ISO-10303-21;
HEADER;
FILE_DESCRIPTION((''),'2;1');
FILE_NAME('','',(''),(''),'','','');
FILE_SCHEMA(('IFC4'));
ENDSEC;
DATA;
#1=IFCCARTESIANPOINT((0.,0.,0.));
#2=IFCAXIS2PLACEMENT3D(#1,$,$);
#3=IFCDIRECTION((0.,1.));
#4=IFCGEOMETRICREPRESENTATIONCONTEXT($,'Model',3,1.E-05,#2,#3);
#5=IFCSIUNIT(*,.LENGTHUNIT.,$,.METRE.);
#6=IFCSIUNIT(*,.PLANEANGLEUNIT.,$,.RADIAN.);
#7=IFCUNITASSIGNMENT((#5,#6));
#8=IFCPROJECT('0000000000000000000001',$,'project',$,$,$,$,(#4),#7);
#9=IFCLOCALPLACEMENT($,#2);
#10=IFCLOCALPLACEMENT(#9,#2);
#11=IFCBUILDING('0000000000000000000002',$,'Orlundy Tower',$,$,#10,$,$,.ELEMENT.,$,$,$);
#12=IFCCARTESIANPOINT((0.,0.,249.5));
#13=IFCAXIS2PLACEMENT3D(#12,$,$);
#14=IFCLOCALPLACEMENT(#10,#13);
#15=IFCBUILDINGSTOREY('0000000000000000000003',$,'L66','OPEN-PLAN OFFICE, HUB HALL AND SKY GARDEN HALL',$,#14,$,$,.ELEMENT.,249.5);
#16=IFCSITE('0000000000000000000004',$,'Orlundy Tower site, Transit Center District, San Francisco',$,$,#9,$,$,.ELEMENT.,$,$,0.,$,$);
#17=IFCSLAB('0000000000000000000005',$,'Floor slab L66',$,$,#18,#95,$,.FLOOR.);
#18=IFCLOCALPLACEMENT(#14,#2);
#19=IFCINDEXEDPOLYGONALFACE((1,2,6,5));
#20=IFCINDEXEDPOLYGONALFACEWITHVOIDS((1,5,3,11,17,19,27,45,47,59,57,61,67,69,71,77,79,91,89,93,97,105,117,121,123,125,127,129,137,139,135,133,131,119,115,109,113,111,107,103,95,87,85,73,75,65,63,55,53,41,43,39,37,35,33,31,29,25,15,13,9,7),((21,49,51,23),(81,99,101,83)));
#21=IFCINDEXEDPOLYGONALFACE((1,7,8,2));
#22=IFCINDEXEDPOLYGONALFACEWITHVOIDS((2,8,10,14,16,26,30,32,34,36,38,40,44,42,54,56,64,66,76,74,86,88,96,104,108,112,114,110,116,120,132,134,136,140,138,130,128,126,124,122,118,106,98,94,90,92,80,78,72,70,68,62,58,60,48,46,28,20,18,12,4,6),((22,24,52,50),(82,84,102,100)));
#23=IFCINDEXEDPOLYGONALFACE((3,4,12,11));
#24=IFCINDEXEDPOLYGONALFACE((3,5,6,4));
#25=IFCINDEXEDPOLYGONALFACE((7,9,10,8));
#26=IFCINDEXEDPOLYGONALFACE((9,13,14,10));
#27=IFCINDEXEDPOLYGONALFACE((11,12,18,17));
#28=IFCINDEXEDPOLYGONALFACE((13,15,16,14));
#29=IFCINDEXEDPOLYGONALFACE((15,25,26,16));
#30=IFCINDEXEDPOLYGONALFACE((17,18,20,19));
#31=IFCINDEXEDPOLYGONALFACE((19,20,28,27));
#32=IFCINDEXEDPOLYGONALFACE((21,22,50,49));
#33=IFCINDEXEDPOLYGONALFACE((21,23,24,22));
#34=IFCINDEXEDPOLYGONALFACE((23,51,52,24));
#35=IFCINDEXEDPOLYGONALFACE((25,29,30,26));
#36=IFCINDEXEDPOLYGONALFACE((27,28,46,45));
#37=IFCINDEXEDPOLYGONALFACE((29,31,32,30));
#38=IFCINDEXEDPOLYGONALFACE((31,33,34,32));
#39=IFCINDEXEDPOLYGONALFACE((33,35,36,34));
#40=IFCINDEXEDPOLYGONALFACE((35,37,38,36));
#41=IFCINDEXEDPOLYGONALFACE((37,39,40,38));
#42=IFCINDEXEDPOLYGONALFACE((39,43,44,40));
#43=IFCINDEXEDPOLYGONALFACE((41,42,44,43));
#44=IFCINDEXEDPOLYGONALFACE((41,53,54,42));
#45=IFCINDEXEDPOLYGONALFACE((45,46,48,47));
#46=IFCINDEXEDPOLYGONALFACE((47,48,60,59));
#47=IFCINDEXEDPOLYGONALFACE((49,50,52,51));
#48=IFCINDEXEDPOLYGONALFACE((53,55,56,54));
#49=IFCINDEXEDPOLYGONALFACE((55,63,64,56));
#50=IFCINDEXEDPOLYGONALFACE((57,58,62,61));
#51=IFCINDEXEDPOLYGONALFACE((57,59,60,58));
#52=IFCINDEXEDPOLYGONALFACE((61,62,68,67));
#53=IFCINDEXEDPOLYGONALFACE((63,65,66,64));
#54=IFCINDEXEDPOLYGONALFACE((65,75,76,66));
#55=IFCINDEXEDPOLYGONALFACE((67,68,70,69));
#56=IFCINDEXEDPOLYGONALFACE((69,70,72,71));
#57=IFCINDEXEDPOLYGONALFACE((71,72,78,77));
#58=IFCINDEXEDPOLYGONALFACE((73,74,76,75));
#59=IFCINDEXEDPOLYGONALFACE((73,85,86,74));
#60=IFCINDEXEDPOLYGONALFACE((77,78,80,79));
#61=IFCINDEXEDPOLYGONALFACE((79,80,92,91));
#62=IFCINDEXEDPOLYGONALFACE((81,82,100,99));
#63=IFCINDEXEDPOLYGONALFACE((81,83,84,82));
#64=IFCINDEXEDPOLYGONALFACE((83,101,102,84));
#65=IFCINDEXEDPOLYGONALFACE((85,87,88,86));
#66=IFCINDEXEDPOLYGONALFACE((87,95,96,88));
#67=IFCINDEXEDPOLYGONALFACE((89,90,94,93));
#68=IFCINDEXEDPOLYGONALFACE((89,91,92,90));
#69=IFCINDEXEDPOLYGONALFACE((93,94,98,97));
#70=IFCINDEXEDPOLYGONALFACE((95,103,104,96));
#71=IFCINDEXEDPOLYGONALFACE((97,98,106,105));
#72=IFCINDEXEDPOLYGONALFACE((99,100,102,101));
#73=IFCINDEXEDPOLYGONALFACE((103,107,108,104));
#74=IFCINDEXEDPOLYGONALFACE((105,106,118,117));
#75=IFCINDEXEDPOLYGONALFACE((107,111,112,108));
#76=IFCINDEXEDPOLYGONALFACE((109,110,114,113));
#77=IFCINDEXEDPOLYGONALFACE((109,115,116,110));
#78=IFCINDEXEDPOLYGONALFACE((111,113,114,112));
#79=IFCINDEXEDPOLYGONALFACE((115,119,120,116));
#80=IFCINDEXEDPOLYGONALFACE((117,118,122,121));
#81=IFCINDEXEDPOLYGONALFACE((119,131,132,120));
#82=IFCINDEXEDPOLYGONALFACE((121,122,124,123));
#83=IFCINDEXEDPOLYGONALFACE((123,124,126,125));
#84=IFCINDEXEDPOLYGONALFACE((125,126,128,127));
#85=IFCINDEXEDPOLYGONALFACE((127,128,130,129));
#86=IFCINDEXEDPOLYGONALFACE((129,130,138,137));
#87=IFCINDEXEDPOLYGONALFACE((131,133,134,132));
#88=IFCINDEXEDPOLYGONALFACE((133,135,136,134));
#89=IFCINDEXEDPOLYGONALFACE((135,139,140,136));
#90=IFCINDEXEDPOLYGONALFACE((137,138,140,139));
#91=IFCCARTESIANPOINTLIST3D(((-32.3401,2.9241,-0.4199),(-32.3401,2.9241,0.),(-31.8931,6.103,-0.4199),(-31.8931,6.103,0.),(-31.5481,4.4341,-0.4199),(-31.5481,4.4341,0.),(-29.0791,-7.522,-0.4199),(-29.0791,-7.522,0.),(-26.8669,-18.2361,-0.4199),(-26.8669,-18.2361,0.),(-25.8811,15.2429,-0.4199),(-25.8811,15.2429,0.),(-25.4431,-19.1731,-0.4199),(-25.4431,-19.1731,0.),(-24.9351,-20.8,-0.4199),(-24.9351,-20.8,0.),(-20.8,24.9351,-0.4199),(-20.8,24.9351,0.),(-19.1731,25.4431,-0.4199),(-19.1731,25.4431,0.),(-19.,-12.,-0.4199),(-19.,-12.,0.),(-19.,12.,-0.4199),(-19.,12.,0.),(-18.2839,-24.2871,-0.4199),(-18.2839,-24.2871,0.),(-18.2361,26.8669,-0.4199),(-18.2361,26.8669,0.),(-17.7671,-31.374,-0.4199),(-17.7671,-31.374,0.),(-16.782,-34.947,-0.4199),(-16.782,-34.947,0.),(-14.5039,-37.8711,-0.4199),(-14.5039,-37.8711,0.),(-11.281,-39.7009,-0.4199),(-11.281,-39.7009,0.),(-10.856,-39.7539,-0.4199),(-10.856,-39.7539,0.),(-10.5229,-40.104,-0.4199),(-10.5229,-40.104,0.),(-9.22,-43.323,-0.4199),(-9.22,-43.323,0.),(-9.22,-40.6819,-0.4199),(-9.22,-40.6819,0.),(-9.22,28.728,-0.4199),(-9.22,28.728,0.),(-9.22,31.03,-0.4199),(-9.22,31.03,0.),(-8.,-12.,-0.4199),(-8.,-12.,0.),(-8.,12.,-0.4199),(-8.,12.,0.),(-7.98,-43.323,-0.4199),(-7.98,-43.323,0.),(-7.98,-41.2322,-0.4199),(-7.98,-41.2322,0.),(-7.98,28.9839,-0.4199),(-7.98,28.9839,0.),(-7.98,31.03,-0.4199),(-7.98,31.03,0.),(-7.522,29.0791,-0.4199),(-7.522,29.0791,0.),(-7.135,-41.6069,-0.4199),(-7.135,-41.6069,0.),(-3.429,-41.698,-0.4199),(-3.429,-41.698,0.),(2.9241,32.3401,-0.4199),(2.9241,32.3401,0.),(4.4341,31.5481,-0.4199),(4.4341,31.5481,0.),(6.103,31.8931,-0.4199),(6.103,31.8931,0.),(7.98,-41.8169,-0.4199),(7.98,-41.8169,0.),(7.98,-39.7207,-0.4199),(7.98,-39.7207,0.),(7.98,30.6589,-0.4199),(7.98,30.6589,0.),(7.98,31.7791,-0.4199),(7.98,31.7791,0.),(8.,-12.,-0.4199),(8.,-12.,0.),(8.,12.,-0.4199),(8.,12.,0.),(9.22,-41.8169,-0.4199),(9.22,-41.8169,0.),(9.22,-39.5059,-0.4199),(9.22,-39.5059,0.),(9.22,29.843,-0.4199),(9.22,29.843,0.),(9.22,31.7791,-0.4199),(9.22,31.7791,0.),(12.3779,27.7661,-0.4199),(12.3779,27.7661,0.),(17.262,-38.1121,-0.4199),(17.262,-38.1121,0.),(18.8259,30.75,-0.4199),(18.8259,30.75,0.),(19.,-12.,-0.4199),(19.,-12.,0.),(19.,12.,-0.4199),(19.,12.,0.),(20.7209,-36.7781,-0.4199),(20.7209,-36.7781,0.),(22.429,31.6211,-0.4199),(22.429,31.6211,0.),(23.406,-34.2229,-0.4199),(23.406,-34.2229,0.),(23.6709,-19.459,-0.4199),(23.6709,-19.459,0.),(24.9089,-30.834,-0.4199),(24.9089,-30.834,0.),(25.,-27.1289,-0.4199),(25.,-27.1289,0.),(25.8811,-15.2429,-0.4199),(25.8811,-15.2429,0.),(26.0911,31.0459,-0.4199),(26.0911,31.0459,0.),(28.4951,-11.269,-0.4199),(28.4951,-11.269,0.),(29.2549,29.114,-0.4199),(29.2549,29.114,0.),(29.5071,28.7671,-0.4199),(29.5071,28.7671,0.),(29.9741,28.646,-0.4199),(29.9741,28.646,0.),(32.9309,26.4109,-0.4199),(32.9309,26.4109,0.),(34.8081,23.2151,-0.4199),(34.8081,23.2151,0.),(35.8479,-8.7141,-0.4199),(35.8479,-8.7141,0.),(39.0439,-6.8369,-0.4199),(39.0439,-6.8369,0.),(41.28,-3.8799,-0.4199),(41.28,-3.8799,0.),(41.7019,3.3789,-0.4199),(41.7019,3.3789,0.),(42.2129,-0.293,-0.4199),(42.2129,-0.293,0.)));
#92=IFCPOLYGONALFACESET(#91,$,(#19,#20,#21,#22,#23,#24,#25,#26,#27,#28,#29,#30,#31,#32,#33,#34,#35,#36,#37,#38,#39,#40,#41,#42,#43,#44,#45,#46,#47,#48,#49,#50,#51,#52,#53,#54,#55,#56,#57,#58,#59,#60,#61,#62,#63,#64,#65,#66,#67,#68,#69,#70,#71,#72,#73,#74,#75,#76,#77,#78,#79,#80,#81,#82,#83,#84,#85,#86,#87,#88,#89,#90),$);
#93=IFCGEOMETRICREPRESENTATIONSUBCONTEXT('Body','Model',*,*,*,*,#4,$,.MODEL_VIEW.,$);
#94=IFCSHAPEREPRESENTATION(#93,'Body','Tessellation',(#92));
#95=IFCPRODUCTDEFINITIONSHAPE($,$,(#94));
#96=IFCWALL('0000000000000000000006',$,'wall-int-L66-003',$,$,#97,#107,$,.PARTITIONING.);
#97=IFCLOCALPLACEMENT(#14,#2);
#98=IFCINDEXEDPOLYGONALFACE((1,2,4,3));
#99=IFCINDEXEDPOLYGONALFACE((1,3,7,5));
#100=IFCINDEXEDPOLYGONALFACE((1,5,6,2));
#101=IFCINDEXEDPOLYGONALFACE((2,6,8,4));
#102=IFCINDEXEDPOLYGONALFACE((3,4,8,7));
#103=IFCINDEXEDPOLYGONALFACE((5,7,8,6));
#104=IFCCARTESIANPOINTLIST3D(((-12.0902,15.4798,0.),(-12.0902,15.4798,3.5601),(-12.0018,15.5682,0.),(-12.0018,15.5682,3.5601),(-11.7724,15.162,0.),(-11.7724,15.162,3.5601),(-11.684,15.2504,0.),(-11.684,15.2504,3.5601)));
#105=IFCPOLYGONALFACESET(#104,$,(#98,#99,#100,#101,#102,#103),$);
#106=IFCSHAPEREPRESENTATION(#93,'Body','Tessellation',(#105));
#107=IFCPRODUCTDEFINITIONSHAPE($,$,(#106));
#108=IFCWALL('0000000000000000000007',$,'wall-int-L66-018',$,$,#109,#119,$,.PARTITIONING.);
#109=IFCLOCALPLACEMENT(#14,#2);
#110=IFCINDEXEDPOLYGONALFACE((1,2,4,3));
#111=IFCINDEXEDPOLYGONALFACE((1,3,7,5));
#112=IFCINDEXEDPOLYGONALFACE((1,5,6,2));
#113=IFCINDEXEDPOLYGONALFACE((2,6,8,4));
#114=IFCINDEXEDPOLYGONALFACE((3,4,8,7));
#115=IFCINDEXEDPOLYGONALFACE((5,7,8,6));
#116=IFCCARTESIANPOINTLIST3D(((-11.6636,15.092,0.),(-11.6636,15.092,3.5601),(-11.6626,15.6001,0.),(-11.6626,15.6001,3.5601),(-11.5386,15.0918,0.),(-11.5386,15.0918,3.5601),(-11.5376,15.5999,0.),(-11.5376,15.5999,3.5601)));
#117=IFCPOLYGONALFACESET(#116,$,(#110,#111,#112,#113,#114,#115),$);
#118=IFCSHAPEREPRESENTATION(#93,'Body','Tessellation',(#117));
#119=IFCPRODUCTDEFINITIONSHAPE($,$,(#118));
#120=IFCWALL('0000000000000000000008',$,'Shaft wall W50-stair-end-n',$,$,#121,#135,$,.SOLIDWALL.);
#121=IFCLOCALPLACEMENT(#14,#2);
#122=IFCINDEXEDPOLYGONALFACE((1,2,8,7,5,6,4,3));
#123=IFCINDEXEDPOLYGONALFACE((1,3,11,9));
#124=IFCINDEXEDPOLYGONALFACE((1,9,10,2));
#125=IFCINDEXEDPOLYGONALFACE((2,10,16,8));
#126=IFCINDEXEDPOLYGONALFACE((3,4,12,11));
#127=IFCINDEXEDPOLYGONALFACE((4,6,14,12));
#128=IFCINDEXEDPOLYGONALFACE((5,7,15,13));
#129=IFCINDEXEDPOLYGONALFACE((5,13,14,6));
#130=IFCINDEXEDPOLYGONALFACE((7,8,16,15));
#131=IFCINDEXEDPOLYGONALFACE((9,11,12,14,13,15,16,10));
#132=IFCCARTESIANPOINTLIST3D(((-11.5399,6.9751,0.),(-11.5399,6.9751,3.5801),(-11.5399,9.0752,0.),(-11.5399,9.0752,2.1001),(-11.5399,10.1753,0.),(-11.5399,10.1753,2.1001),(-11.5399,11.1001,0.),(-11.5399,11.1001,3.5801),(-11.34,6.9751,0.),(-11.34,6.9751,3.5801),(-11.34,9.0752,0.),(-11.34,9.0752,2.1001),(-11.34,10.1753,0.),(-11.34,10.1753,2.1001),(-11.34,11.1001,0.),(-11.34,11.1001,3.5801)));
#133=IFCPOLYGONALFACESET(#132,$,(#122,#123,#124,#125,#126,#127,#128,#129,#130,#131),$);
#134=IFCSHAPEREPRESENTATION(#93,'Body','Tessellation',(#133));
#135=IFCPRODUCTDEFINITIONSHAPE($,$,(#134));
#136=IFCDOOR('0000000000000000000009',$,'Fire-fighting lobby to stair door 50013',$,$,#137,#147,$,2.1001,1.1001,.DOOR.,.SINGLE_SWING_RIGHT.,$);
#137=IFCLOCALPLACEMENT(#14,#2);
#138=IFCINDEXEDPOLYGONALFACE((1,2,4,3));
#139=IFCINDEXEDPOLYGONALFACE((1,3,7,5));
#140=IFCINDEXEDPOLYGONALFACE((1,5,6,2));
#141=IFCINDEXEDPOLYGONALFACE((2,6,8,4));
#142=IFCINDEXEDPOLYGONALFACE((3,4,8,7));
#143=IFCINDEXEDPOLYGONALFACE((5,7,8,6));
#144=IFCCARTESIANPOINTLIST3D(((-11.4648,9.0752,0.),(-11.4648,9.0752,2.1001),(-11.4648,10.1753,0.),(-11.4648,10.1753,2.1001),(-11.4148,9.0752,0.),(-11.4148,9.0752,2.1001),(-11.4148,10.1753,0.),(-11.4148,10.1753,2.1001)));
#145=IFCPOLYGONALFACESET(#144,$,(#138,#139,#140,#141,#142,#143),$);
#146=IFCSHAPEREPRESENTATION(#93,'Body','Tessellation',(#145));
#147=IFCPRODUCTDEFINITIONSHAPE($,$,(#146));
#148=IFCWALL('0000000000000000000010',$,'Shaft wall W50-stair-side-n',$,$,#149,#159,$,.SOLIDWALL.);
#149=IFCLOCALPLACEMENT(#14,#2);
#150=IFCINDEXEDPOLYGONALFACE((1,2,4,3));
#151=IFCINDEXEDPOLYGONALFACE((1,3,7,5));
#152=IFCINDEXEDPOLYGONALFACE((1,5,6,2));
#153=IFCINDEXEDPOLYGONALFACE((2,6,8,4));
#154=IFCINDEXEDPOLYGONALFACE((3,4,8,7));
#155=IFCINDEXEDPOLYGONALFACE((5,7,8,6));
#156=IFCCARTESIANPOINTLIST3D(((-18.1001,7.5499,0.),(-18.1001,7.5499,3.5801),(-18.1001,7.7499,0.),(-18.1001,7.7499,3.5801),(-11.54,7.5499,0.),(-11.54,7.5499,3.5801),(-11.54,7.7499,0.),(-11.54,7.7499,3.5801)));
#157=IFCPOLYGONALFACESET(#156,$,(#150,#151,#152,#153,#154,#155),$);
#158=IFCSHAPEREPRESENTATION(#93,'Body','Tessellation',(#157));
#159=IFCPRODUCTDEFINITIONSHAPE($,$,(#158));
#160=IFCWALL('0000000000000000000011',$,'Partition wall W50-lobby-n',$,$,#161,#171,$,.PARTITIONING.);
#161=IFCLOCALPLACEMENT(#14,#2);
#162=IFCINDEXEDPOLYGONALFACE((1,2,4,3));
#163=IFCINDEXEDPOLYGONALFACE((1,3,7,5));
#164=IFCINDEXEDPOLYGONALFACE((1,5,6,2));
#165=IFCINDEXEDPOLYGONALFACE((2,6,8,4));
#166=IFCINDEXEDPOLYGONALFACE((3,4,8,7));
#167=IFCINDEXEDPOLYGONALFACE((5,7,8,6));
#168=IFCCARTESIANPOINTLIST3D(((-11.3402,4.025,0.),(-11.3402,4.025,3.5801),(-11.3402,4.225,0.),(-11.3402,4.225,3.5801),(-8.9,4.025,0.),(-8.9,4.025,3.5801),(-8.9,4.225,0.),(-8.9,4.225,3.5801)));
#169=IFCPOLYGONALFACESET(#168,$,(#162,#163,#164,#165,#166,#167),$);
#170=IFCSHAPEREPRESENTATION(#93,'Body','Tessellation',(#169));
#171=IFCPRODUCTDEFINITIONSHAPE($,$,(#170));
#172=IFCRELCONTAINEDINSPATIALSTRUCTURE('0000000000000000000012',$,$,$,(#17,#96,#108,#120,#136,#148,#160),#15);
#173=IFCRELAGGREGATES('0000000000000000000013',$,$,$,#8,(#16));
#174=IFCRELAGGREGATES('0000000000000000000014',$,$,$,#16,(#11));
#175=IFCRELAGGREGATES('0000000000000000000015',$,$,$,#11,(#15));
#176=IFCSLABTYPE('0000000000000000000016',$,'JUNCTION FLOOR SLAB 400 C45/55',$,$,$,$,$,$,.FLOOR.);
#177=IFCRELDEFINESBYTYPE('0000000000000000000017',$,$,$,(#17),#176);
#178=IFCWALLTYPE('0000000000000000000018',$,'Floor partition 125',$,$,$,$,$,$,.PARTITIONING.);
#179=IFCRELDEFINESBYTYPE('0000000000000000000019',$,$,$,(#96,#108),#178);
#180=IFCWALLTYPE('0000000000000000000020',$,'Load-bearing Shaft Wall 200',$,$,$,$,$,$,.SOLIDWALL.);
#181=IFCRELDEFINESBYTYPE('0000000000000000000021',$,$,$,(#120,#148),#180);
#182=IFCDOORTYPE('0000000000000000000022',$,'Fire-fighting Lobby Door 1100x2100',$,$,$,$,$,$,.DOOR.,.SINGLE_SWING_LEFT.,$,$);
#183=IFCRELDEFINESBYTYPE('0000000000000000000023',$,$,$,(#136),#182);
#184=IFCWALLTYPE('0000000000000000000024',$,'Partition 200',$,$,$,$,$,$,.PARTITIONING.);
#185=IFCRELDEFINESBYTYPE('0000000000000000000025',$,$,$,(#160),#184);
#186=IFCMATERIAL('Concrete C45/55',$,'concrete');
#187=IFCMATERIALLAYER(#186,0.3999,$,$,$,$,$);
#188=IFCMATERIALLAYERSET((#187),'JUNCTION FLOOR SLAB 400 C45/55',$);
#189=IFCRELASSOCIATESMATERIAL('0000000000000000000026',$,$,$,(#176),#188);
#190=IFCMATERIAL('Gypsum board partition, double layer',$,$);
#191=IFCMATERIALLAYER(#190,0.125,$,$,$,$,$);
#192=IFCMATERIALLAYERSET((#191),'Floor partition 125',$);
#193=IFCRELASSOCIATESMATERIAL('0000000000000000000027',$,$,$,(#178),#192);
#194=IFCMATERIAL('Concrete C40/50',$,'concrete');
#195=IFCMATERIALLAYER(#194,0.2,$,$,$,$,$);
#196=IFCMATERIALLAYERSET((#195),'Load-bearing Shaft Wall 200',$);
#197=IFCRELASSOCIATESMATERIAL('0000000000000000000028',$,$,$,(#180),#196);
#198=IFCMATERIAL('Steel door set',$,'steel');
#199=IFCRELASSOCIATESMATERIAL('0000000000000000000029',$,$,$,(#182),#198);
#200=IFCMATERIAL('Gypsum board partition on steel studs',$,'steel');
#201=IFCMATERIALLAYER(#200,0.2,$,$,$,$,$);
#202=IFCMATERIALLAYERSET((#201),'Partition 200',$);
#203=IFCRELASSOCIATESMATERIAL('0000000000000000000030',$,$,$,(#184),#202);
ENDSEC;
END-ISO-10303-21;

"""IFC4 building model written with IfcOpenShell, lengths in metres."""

from ifc_helpers import new_model, si_unit, direction, frame, frame_2d, origin, place, context, subcontext, project, spatial, polyline, rectangle, outline, extrude, material, layer, layer_set, type_object, element, fill, save


model = new_model("IFC4")

# Units and contexts
model_context = context("Model", 3, precision=1e-05, world=origin(), true_north=direction((0.0, 1.0)))
body_context = subcontext(model_context, "Body", "Model", "MODEL_VIEW")
ifc_project = project(units=[si_unit("LENGTHUNIT", "METRE"), si_unit("PLANEANGLEUNIT", "RADIAN")], contexts=[model_context])

# Site, building, storey
site_placement = place(None, origin())
site = spatial("IfcSite", under=ifc_project, at=site_placement, Name="Orlundy Tower site, Transit Center District, San Francisco", CompositionType="ELEMENT", RefElevation=0.0)
building_placement = place(site_placement, origin())
building = spatial("IfcBuilding", under=site, at=building_placement, Name="Orlundy Tower", CompositionType="ELEMENT")
storey_placement = place(building_placement, frame((0.0, 0.0, 249.5)))
storey = spatial("IfcBuildingStorey", under=building, at=storey_placement, Name="L66", Description="OPEN-PLAN OFFICE, HUB HALL AND SKY GARDEN HALL", CompositionType="ELEMENT", Elevation=249.5)

# Slab
ifc_material_1 = material(Name="Concrete C45/55", Category="concrete")
ifc_layer_1 = layer(ifc_material_1, 0.3999)
ifc_layer_set_1 = layer_set([ifc_layer_1], Name="JUNCTION FLOOR SLAB 400 C45/55")
slab_type_1 = type_object("IfcSlabType", Name="JUNCTION FLOOR SLAB 400 C45/55", PredefinedType="FLOOR", material=ifc_layer_set_1)
slab_1_placement = place(storey_placement, frame((0.0, 0.0, -0.4199)))
element("IfcSlab", 1, at=slab_1_placement, inside=storey, type_object=slab_type_1, Name="Floor slab L66", PredefinedType="FLOOR", context=body_context, shape_type="SweptSolid", body=[
    extrude(outline(polyline([(-9.22, -40.6819), (-10.5229, -40.104), (-10.856, -39.7539), (-11.281, -39.7009), (-14.5039, -37.8711), (-16.782, -34.947), (-17.7671, -31.374), (-18.2839, -24.2871), (-24.9351, -20.8), (-25.4431, -19.1731), (-26.8669, -18.2361), (-29.0791, -7.522), (-32.3401, 2.9241), (-31.5481, 4.4341), (-31.8931, 6.103), (-25.8811, 15.2429), (-20.8, 24.9351), (-19.1731, 25.4431), (-18.2361, 26.8669), (-9.22, 28.728), (-9.22, 31.03), (-7.98, 31.03), (-7.98, 28.9839), (-7.522, 29.0791), (2.9241, 32.3401), (4.4341, 31.5481), (6.103, 31.8931), (7.98, 30.6589), (7.98, 31.7791), (9.22, 31.7791), (9.22, 29.843), (12.3779, 27.7661), (18.8259, 30.75), (22.429, 31.6211), (26.0911, 31.0459), (29.2549, 29.114), (29.5071, 28.7671), (29.9741, 28.646), (32.9309, 26.4109), (34.8081, 23.2151), (41.7019, 3.3789), (42.2129, -0.293), (41.28, -3.8799), (39.0439, -6.8369), (35.8479, -8.7141), (28.4951, -11.269), (25.8811, -15.2429), (23.6709, -19.459), (25.0, -27.1289), (24.9089, -30.834), (23.406, -34.2229), (20.7209, -36.7781), (17.262, -38.1121), (9.22, -39.5059), (9.22, -41.8169), (7.98, -41.8169), (7.98, -39.7207), (-3.429, -41.698), (-7.135, -41.6069), (-7.98, -41.2322), (-7.98, -43.323), (-9.22, -43.323), (-9.22, -40.6819)]), holes=[polyline([(-19.0, 12.0), (-19.0, -12.0), (-8.0, -12.0), (-8.0, 12.0), (-19.0, 12.0)]), polyline([(8.0, 12.0), (8.0, -12.0), (19.0, -12.0), (19.0, 12.0), (8.0, 12.0)])]), origin(), (0.0, 0.0, 1.0), 0.4199),
])

# Walls
ifc_material_2 = material(Name="Gypsum board partition, double layer")
ifc_layer_2 = layer(ifc_material_2, 0.125)
ifc_layer_set_2 = layer_set([ifc_layer_2], Name="Floor partition 125")
wall_type_1 = type_object("IfcWallType", Name="Floor partition 125", PredefinedType="PARTITIONING", material=ifc_layer_set_2)
wall_1_placement = place(storey_placement, frame((-12.0459, 15.5239, 0.0), z_axis=(0.0, 0.0, 1.0), x_axis=(0.707107, -0.707107, 0.0)))
element("IfcWall", 2, at=wall_1_placement, inside=storey, type_object=wall_type_1, Name="wall-int-L66-003", PredefinedType="PARTITIONING", context=body_context, shape_type="SweptSolid", body=[
    extrude(rectangle(XDim=0.4495, YDim=0.125, at=frame_2d((0.2246, 0.0))), origin(), (0.0, 0.0, 1.0), 3.5601),
])
wall_2_placement = place(storey_placement, frame((-11.6011, 15.092, 0.0), z_axis=(0.0, 0.0, 1.0), x_axis=(0.001922, 0.999998, 0.0)))
element("IfcWall", 3, at=wall_2_placement, inside=storey, type_object=wall_type_1, Name="wall-int-L66-018", PredefinedType="PARTITIONING", context=body_context, shape_type="SweptSolid", body=[
    extrude(rectangle(XDim=0.5081, YDim=0.125, at=frame_2d((0.2539, 0.0))), origin(), (0.0, 0.0, 1.0), 3.5601),
])

# Wall, opening, door
ifc_material_3 = material(Name="Concrete C40/50", Category="concrete")
ifc_layer_3 = layer(ifc_material_3, 0.2)
ifc_layer_set_3 = layer_set([ifc_layer_3], Name="Load-bearing Shaft Wall 200")
wall_type_2 = type_object("IfcWallType", Name="Load-bearing Shaft Wall 200", PredefinedType="SOLIDWALL", material=ifc_layer_set_3)
wall_3_placement = place(storey_placement, frame((-11.4399, 6.9751, 0.0), z_axis=(0.0, 0.0, 1.0), x_axis=(0.0, 1.0, 0.0)))
wall_3 = element("IfcWall", 4, at=wall_3_placement, inside=storey, type_object=wall_type_2, Name="Shaft wall W50-stair-end-n", PredefinedType="SOLIDWALL", context=body_context, shape_type="SweptSolid", body=[
    extrude(rectangle(XDim=4.125, YDim=0.2, at=frame_2d((2.0625, 0.0))), origin(), (0.0, 0.0, 1.0), 3.5801),
])
opening_placement = place(wall_3_placement, frame((2.1001, 0.0, 0.0)))
opening = element("IfcOpeningElement", 5, at=opening_placement, cuts=wall_3, PredefinedType="OPENING", context=body_context, shape_type="SweptSolid", body=[
    extrude(rectangle(XDim=1.1001, YDim=2.1001, at=frame_2d((0.55, 1.05))), frame((0.0, 0.1101, 0.0), z_axis=(0.0, -1.0, 0.0), x_axis=(1.0, 0.0, 0.0)), (0.0, 0.0, 1.0), 0.2202),
])
ifc_material_4 = material(Name="Steel door set", Category="steel")
door_type = type_object("IfcDoorType", Name="Fire-fighting Lobby Door 1100x2100", OperationType="SINGLE_SWING_LEFT", PredefinedType="DOOR", material=ifc_material_4)
door_placement = place(opening_placement, origin())
door = element("IfcDoor", 6, at=door_placement, inside=storey, type_object=door_type, Name="Fire-fighting lobby to stair door 50013", OperationType="SINGLE_SWING_RIGHT", OverallHeight=2.1001, OverallWidth=1.1001, PredefinedType="DOOR", context=body_context, shape_type="SweptSolid", body=[
    extrude(rectangle(XDim=1.1001, YDim=2.1001, at=frame_2d((0.55, 1.05))), frame((0.0, 0.0249, 0.0), z_axis=(0.0, -1.0, 0.0), x_axis=(1.0, 0.0, 0.0)), (0.0, 0.0, 1.0), 0.05),
])
fill(opening, door)

# Walls
wall_4_placement = place(storey_placement, frame((-11.54, 7.6499, 0.0), z_axis=(0.0, 0.0, 1.0), x_axis=(-1.0, 0.0, 0.0)))
element("IfcWall", 7, at=wall_4_placement, inside=storey, type_object=wall_type_2, Name="Shaft wall W50-stair-side-n", PredefinedType="SOLIDWALL", context=body_context, shape_type="SweptSolid", body=[
    extrude(rectangle(XDim=6.5601, YDim=0.2, at=frame_2d((3.28, 0.0))), origin(), (0.0, 0.0, 1.0), 3.5801),
])
ifc_material_5 = material(Name="Gypsum board partition on steel studs", Category="steel")
ifc_layer_4 = layer(ifc_material_5, 0.2)
ifc_layer_set_4 = layer_set([ifc_layer_4], Name="Partition 200")
wall_type_3 = type_object("IfcWallType", Name="Partition 200", PredefinedType="PARTITIONING", material=ifc_layer_set_4)
wall_5_placement = place(storey_placement, frame((-8.8999, 4.125, 0.0), z_axis=(0.0, 0.0, 1.0), x_axis=(-1.0, 0.0, 0.0)))
element("IfcWall", 8, at=wall_5_placement, inside=storey, type_object=wall_type_3, Name="Partition wall W50-lobby-n", PredefinedType="PARTITIONING", context=body_context, shape_type="SweptSolid", body=[
    extrude(rectangle(XDim=2.4402, YDim=0.2, at=frame_2d((1.2202, 0.0))), origin(), (0.0, 0.0, 1.0), 3.5801),
])

save(model, "model.ifc")
